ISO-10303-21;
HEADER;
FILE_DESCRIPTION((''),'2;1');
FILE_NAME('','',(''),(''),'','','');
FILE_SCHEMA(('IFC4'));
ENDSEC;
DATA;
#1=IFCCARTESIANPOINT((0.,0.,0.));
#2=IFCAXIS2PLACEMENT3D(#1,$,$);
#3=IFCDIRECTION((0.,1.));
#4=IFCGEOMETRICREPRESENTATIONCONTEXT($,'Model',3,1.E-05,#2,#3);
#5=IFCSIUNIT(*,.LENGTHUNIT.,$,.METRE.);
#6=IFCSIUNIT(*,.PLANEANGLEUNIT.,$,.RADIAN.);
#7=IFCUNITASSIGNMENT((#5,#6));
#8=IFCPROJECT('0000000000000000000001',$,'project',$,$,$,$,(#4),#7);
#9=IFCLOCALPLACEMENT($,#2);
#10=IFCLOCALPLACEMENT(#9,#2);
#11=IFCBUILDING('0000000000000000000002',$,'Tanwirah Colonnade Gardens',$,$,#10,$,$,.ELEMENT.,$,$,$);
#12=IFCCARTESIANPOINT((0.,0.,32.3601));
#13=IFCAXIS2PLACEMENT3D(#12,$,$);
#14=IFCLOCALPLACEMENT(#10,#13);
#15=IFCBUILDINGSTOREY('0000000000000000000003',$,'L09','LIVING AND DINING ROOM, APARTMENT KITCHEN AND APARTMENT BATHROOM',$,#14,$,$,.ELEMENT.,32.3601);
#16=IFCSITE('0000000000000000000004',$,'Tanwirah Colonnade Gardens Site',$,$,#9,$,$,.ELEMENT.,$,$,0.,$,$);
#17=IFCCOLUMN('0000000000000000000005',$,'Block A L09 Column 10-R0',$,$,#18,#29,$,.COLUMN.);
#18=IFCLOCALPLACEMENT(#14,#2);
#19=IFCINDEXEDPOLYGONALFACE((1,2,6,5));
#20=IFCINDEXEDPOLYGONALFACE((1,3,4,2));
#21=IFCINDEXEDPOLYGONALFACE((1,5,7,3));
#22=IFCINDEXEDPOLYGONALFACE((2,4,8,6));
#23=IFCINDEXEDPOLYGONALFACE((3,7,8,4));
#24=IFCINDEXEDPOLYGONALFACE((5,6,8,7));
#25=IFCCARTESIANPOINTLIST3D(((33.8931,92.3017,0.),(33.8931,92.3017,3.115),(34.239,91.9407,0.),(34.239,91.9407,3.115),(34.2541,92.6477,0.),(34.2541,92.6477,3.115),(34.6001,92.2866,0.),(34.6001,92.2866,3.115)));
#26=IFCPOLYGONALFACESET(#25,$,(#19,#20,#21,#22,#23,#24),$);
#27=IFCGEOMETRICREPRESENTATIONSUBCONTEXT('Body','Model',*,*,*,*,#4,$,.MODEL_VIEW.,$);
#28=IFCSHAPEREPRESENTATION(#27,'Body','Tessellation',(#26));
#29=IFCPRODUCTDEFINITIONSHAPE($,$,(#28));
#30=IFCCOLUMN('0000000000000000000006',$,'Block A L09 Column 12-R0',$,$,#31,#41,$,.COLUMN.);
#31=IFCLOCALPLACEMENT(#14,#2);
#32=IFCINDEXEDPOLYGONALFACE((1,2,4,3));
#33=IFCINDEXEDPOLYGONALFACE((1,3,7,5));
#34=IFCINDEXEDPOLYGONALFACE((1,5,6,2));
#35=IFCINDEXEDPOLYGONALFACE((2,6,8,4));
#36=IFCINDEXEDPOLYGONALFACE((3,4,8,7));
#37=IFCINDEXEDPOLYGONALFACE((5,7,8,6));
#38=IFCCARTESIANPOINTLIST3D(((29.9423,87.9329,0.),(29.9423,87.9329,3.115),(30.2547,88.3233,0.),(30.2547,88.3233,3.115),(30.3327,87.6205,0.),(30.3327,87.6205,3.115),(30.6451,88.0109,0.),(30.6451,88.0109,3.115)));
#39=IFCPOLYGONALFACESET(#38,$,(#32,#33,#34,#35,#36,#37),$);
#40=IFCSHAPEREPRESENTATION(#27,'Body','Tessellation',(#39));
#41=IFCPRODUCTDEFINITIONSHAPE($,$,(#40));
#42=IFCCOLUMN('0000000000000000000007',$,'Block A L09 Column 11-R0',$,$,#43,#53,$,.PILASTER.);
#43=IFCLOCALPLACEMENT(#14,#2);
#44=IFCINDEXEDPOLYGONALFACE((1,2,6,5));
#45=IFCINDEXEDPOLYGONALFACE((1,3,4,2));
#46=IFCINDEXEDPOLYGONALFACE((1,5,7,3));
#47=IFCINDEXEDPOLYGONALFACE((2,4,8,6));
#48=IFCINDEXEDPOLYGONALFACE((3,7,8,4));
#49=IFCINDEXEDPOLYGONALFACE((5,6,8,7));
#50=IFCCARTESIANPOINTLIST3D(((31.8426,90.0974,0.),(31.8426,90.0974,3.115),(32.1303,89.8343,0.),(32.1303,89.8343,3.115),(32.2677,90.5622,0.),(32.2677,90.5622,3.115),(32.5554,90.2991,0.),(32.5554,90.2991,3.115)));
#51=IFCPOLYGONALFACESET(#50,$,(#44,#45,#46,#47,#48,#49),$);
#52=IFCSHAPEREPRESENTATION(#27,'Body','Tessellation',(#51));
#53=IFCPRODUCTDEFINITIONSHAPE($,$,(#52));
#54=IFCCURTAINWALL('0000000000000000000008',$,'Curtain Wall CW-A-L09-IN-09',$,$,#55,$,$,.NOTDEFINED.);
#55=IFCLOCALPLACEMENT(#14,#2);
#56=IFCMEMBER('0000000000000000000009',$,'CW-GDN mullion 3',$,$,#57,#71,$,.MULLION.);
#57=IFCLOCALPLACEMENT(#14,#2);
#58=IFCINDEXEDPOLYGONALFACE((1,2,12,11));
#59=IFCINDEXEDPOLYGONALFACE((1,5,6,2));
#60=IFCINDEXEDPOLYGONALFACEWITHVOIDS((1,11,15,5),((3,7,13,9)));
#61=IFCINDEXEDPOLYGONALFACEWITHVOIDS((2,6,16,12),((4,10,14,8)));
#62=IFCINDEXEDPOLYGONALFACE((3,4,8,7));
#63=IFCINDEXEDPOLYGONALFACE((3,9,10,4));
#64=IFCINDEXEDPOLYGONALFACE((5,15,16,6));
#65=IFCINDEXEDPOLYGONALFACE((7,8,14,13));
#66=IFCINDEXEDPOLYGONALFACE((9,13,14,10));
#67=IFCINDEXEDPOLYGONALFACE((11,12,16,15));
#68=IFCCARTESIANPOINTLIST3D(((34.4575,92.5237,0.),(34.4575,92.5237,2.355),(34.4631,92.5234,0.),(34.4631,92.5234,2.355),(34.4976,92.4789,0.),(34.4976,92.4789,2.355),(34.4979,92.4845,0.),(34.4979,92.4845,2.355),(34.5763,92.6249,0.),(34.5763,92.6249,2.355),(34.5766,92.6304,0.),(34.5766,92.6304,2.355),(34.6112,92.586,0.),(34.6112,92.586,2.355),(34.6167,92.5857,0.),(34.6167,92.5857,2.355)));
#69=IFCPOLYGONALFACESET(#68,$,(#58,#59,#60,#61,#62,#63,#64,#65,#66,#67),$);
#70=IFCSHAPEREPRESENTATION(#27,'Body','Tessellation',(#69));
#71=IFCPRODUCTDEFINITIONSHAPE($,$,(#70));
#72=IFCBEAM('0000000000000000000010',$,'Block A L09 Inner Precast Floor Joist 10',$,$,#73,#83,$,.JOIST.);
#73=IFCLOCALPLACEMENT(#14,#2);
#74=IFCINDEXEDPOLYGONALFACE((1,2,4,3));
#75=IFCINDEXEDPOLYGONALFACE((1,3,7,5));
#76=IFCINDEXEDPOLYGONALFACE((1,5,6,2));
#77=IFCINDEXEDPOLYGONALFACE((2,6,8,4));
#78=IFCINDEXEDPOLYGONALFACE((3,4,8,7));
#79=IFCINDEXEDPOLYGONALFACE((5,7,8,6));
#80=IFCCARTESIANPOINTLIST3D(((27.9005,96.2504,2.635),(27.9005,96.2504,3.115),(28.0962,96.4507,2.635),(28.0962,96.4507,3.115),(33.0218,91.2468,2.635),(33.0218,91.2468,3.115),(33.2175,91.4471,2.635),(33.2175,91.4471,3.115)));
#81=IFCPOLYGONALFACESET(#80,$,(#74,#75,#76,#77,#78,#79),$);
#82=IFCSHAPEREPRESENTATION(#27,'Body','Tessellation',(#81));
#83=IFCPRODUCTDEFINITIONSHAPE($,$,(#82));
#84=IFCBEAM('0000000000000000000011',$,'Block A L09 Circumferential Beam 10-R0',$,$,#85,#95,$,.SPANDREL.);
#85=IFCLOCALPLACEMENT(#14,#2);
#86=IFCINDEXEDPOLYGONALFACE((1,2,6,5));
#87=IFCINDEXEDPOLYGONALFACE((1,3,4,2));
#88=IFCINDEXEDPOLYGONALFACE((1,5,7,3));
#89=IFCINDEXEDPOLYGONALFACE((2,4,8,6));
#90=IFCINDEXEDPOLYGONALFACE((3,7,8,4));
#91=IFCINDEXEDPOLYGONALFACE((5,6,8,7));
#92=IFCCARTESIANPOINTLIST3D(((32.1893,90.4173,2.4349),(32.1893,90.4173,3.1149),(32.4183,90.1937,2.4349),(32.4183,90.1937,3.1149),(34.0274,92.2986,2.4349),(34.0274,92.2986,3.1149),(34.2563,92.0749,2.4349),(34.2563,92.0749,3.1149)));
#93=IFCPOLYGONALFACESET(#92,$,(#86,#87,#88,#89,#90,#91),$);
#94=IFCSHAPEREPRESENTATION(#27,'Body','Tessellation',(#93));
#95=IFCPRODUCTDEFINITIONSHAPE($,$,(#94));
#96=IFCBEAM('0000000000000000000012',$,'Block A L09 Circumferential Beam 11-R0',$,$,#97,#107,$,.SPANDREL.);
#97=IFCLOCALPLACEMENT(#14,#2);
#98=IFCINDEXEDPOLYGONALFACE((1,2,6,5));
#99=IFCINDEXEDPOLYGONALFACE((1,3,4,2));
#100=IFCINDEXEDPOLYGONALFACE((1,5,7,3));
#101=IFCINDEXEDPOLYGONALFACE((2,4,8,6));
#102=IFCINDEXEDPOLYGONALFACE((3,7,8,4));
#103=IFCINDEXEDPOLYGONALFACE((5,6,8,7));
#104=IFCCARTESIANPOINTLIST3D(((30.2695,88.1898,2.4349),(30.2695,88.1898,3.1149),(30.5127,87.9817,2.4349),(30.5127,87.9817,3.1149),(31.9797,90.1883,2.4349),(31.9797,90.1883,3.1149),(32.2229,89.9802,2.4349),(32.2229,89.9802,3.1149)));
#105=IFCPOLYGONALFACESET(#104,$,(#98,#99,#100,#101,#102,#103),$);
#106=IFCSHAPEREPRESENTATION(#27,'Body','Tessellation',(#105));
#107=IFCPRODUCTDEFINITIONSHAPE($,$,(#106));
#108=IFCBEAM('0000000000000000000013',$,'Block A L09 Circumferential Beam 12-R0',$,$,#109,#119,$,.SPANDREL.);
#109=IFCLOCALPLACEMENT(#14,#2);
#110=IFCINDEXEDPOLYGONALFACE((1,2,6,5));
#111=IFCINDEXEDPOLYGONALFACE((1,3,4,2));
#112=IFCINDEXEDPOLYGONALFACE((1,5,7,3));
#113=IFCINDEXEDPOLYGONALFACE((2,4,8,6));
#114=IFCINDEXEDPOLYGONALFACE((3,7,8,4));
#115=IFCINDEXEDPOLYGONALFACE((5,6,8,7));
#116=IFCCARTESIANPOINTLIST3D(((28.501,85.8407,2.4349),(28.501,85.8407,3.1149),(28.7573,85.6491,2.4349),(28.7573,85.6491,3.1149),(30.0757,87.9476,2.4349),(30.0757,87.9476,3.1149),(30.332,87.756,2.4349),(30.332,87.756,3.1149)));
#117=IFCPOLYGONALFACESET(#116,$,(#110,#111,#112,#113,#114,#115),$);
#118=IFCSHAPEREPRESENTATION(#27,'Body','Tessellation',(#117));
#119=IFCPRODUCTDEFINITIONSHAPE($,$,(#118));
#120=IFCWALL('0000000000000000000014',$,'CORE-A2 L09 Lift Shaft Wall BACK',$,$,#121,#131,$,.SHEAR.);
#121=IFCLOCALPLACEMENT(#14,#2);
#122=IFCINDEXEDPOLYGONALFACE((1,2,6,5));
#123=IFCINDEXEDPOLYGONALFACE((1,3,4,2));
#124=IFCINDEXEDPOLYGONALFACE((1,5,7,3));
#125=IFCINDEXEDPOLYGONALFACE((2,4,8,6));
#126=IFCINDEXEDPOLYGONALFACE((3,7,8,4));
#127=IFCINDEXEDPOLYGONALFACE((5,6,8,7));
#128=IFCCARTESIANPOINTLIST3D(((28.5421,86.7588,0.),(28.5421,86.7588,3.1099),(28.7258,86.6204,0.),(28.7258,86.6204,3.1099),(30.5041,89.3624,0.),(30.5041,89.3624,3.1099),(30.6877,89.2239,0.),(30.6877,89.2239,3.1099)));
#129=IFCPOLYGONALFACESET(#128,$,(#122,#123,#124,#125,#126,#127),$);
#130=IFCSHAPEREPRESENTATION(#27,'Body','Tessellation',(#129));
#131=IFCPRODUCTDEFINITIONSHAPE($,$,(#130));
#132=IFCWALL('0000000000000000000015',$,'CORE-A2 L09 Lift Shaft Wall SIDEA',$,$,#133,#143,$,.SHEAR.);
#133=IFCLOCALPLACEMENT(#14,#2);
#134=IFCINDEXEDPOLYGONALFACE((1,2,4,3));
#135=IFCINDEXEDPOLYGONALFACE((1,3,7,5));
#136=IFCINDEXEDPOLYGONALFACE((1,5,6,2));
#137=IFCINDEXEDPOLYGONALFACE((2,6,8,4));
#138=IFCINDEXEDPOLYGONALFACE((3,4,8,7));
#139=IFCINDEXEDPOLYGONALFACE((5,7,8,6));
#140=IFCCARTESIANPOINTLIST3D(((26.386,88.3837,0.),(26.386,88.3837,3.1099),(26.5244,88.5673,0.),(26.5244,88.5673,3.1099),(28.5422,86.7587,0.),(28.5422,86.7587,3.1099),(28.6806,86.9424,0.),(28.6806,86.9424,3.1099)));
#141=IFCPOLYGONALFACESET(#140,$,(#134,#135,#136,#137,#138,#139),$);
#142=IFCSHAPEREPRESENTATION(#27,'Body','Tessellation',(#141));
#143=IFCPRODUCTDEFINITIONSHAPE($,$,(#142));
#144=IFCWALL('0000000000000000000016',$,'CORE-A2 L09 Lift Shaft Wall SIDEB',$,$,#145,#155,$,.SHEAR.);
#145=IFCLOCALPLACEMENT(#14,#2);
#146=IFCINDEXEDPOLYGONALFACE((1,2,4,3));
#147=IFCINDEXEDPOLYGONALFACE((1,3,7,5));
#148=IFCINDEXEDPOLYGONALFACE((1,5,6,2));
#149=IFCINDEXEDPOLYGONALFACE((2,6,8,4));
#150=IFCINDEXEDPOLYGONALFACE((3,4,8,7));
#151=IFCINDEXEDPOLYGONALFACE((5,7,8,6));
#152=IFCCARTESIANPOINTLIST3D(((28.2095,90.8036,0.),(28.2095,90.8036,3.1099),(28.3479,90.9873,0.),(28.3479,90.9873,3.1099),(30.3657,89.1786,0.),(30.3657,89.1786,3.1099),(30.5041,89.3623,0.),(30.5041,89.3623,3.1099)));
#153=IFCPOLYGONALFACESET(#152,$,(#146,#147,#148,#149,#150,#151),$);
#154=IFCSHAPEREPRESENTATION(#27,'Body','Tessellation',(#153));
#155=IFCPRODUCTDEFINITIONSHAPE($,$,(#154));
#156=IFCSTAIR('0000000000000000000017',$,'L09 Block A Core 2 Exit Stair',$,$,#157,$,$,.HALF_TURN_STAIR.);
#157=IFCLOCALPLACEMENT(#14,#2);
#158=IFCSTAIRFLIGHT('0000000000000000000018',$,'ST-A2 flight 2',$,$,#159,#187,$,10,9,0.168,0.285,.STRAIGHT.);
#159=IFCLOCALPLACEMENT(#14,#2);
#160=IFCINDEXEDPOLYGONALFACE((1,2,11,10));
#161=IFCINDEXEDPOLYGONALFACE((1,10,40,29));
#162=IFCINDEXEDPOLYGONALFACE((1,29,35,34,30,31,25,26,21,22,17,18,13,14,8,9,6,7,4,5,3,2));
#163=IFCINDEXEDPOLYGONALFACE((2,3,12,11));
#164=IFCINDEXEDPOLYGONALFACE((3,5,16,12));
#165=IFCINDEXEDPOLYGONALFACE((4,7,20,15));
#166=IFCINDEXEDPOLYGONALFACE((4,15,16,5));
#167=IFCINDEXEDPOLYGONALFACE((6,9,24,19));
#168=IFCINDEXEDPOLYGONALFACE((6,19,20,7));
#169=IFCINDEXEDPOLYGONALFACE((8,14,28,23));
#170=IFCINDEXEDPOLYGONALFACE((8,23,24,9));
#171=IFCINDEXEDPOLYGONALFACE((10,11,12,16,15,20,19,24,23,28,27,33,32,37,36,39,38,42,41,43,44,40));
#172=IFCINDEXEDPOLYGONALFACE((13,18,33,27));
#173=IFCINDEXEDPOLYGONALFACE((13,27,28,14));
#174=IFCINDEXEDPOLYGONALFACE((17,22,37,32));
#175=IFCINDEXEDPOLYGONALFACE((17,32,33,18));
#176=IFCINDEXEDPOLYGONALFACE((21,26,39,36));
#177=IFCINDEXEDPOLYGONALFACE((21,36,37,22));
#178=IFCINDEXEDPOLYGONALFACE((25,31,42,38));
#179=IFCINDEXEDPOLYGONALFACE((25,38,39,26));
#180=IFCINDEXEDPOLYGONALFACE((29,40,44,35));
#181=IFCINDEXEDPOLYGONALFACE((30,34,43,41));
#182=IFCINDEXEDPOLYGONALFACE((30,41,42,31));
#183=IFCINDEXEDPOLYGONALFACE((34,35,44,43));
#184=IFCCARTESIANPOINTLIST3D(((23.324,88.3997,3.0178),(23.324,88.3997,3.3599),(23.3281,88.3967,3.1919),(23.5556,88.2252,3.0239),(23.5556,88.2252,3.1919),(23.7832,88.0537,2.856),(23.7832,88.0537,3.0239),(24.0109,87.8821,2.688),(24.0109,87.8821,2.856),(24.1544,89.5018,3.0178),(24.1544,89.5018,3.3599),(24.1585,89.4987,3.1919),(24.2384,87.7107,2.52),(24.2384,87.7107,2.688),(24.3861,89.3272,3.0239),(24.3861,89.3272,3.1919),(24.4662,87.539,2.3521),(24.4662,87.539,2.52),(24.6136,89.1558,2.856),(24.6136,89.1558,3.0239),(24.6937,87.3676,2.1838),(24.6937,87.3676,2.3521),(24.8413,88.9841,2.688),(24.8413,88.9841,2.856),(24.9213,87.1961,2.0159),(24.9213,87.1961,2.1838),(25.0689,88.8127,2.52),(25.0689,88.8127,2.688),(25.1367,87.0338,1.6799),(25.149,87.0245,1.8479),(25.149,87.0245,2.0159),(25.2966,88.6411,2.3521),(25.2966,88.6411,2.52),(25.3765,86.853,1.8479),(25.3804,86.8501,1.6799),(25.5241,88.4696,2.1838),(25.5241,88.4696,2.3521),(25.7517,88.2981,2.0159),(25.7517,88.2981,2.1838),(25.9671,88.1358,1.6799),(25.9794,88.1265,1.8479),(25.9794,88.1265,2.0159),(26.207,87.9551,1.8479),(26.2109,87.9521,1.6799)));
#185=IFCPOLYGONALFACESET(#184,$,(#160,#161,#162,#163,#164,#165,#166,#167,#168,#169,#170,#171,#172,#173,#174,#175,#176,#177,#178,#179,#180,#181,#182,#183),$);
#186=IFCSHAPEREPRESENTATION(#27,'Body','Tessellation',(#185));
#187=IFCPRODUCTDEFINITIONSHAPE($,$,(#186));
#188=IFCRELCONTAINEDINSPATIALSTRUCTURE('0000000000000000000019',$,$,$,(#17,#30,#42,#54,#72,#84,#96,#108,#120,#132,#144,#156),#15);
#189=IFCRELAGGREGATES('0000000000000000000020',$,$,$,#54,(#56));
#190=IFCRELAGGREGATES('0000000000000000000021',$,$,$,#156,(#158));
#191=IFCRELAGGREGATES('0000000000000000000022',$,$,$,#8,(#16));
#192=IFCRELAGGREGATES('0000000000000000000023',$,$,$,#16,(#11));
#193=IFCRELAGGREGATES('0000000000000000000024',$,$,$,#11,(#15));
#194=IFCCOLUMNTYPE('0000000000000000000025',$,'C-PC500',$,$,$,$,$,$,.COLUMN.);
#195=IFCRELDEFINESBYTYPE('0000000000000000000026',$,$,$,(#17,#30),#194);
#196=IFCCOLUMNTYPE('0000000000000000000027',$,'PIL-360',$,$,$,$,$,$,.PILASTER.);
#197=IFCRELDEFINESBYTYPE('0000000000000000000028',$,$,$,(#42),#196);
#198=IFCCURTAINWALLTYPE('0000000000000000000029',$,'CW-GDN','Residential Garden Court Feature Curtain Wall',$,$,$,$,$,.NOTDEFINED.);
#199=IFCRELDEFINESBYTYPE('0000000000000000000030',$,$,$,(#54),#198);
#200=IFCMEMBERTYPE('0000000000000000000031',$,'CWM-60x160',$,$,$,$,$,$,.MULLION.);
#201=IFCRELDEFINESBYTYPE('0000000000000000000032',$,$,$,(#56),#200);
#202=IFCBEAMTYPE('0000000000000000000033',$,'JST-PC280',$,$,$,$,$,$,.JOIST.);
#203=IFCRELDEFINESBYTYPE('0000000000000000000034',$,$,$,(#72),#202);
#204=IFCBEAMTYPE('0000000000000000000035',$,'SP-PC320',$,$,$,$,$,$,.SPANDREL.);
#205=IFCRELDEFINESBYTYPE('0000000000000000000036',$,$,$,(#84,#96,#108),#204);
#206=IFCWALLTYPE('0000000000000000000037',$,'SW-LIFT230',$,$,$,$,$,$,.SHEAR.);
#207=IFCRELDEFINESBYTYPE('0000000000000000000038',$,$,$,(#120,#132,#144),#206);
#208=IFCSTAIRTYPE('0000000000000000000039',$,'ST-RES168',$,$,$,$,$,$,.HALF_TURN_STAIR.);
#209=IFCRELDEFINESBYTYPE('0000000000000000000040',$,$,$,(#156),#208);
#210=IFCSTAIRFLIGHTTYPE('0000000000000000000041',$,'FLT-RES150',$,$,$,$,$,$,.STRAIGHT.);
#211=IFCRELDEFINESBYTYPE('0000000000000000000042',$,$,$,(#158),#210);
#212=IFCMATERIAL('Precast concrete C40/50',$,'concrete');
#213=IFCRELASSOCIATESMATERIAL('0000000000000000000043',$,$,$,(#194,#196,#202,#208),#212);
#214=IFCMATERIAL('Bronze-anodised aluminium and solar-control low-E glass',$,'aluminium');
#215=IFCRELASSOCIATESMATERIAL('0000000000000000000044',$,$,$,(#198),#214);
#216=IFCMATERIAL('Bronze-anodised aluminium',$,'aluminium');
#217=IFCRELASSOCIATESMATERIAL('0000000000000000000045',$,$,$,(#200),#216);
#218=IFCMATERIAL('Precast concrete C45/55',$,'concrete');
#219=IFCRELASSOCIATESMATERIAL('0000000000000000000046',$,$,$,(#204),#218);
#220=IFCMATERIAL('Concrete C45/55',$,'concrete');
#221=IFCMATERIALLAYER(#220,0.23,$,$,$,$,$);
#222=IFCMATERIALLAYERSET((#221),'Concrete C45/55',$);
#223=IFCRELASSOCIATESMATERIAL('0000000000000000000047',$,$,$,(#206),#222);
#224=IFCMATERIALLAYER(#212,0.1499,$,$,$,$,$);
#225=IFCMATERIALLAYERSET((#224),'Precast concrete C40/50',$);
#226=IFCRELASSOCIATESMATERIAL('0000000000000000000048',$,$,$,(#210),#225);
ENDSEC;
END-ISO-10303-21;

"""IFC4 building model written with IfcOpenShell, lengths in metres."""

from ifc_helpers import new_model, si_unit, direction, frame, frame_2d, origin, origin_2d, place, context, subcontext, project, spatial, polyline, rectangle, hollow_rectangle, outline, extrude, material, layer, layer_set, material_profile, profile_set, type_object, element, aggregate, save


model = new_model("IFC4")

# Units and contexts
model_context = context("Model", 3, precision=1e-05, world=origin(), true_north=direction((0.0, 1.0)))
body_context = subcontext(model_context, "Body", "Model", "MODEL_VIEW")
ifc_project = project(units=[si_unit("LENGTHUNIT", "METRE"), si_unit("PLANEANGLEUNIT", "RADIAN")], contexts=[model_context])

# Site, building, storey
site_placement = place(None, origin())
site = spatial("IfcSite", under=ifc_project, at=site_placement, Name="Tanwirah Colonnade Gardens Site", CompositionType="ELEMENT", RefElevation=0.0)
building_placement = place(site_placement, origin())
building = spatial("IfcBuilding", under=site, at=building_placement, Name="Tanwirah Colonnade Gardens", CompositionType="ELEMENT")
storey_placement = place(building_placement, frame((0.0, 0.0, 32.3601)))
storey = spatial("IfcBuildingStorey", under=building, at=storey_placement, Name="L09", Description="LIVING AND DINING ROOM, APARTMENT KITCHEN AND APARTMENT BATHROOM", CompositionType="ELEMENT", Elevation=32.3601)

# Columns
ifc_material_1 = material(Name="Precast concrete C40/50", Category="concrete")
ifc_material_profile_1 = material_profile(ifc_material_1, rectangle(XDim=0.5, YDim=0.5, at=origin_2d()), Name="PC-COL 500x500")
ifc_profile_set_1 = profile_set([ifc_material_profile_1], Name="Precast concrete C40/50")
column_type_1 = type_object("IfcColumnType", Name="C-PC500", PredefinedType="COLUMN", material=ifc_profile_set_1)
for number, where, z_axis, x_axis, name in (
    (1, (34.2466, 92.2942, 0.0), (0.0, 0.0, 1.0), (-0.691863, 0.722029, 0.0), "Block A L09 Column 10-R0"),
    (2, (30.2937, 87.9719, 0.0), (0.0, 0.0, 1.0), (-0.780794, 0.624788, 0.0), "Block A L09 Column 12-R0"),
):
    element("IfcColumn", number, at=place(storey_placement, frame(where, z_axis=z_axis, x_axis=x_axis)), inside=storey, type_object=column_type_1, Name=name, PredefinedType="COLUMN", context=body_context, shape_type="SweptSolid", body=[
        extrude(rectangle(XDim=0.5, YDim=0.5, at=origin_2d()), origin(), (0.0, 0.0, 1.0), 3.115),
    ])
ifc_material_profile_2 = material_profile(ifc_material_1, rectangle(XDim=0.3899, YDim=0.6299, at=origin_2d()), Name="PC-PIL 390x630")
ifc_profile_set_2 = profile_set([ifc_material_profile_2], Name="Precast concrete C40/50")
column_type_2 = type_object("IfcColumnType", Name="PIL-360", PredefinedType="PILASTER", material=ifc_profile_set_2)
column_placement = place(storey_placement, frame((32.199, 90.1982, 0.0), z_axis=(0.0, 0.0, 1.0), x_axis=(-0.737932, 0.674875, 0.0)))
element("IfcColumn", 3, at=column_placement, inside=storey, type_object=column_type_2, Name="Block A L09 Column 11-R0", PredefinedType="PILASTER", context=body_context, shape_type="SweptSolid", body=[
    extrude(rectangle(XDim=0.3899, YDim=0.6299, at=origin_2d()), origin(), (0.0, 0.0, 1.0), 3.115),
])

# Curtain wall, member
ifc_material_2 = material(Name="Bronze-anodised aluminium and solar-control low-E glass", Category="aluminium")
curtain_wall_type = type_object("IfcCurtainWallType", Name="CW-GDN", Description="Residential Garden Court Feature Curtain Wall", PredefinedType="NOTDEFINED", material=ifc_material_2)
curtain_wall_placement = place(storey_placement, origin())
curtain_wall = element("IfcCurtainWall", 4, at=curtain_wall_placement, inside=storey, type_object=curtain_wall_type, Name="Curtain Wall CW-A-L09-IN-09", PredefinedType="NOTDEFINED")
ifc_material_3 = material(Name="Bronze-anodised aluminium", Category="aluminium")
ifc_material_profile_3 = material_profile(ifc_material_3, hollow_rectangle(XDim=0.0601, YDim=0.1599, WallThickness=0.0039, at=origin_2d()), Name="CW-MUL 60x160x4")
ifc_profile_set_3 = profile_set([ifc_material_profile_3], Name="Bronze-anodised aluminium")
member_type = type_object("IfcMemberType", Name="CWM-60x160", PredefinedType="MULLION", material=ifc_profile_set_3)
member_placement = place(storey_placement, frame((34.5371, 92.5547, 0.0), z_axis=(0.0, 0.0, 1.0), x_axis=(0.667689, -0.74444, 0.0)))
member = element("IfcMember", 5, at=member_placement, type_object=member_type, Name="CW-GDN mullion 3", PredefinedType="MULLION", context=body_context, shape_type="SweptSolid", body=[
    extrude(hollow_rectangle(XDim=0.0601, YDim=0.1599, WallThickness=0.0039, at=origin_2d()), origin(), (0.0, 0.0, 1.0), 2.355),
])
aggregate(curtain_wall, [member])

# Beams
ifc_material_profile_4 = material_profile(ifc_material_1, rectangle(XDim=0.28, YDim=0.48, at=origin_2d()), Name="PC-JST 280x480")
ifc_profile_set_4 = profile_set([ifc_material_profile_4], Name="Precast concrete C40/50")
beam_type_1 = type_object("IfcBeamType", Name="JST-PC280", PredefinedType="JOIST", material=ifc_profile_set_4)
beam_1_placement = place(storey_placement, frame((33.1196, 91.3469, 2.875), z_axis=(-0.715277, 0.698841, 0.0), x_axis=(-0.698841, -0.715277, 0.0)))
element("IfcBeam", 6, at=beam_1_placement, inside=storey, type_object=beam_type_1, Name="Block A L09 Inner Precast Floor Joist 10", PredefinedType="JOIST", context=body_context, shape_type="SweptSolid", body=[
    extrude(rectangle(XDim=0.28, YDim=0.48, at=origin_2d()), origin(), (0.0, 0.0, 1.0), 7.1599),
])
ifc_material_4 = material(Name="Precast concrete C45/55", Category="concrete")
ifc_material_profile_5 = material_profile(ifc_material_4, rectangle(XDim=0.3201, YDim=0.6799, at=origin_2d()), Name="PC-SP 320x680")
ifc_profile_set_5 = profile_set([ifc_material_profile_5], Name="Precast concrete C45/55")
beam_type_2 = type_object("IfcBeamType", Name="SP-PC320", PredefinedType="SPANDREL", material=ifc_profile_set_5)
beam_2_placement = place(storey_placement, frame((34.1418, 92.1868, 2.7749), z_axis=(-0.698844, -0.715274, 0.0), x_axis=(0.715274, -0.698844, 0.0)))
element("IfcBeam", 7, at=beam_2_placement, inside=storey, type_object=beam_type_2, Name="Block A L09 Circumferential Beam 10-R0", PredefinedType="SPANDREL", context=body_context, shape_type="SweptSolid", body=[
    extrude(rectangle(XDim=0.3201, YDim=0.6799, at=origin_2d()), origin(), (0.0, 0.0, 1.0), 2.6301),
])
for number, where, z_axis, x_axis, name in (
    (8, (32.1013, 90.0842, 2.7749), (-0.650172, -0.759787, 0.0), (0.759787, -0.650172, 0.0), "Block A L09 Circumferential Beam 11-R0"),
    (9, (30.2039, 87.8518, 2.7749), (-0.598663, -0.801001, 0.0), (0.801001, -0.598663, 0.0), "Block A L09 Circumferential Beam 12-R0"),
):
    element("IfcBeam", number, at=place(storey_placement, frame(where, z_axis=z_axis, x_axis=x_axis)), inside=storey, type_object=beam_type_2, Name=name, PredefinedType="SPANDREL", context=body_context, shape_type="SweptSolid", body=[
        extrude(rectangle(XDim=0.3201, YDim=0.6799, at=origin_2d()), origin(), (0.0, 0.0, 1.0), 2.6304),
    ])

# Shared definitions
ifc_material_5 = material(Name="Concrete C45/55", Category="concrete")
ifc_layer_1 = layer(ifc_material_5, 0.23)
ifc_layer_set_1 = layer_set([ifc_layer_1], Name="Concrete C45/55")
wall_type = type_object("IfcWallType", Name="SW-LIFT230", PredefinedType="SHEAR", material=ifc_layer_set_1)

# Walls
wall_1_placement = place(storey_placement, frame((28.634, 86.6897, 0.0), z_axis=(0.0, 0.0, 1.0), x_axis=(0.60182, 0.798632, 0.0)))
element("IfcWall", 10, at=wall_1_placement, inside=storey, type_object=wall_type, Name="CORE-A2 L09 Lift Shaft Wall BACK", PredefinedType="SHEAR", context=body_context, shape_type="SweptSolid", body=[
    extrude(rectangle(XDim=3.26, YDim=0.23, at=frame_2d((1.6299, 0.0))), origin(), (0.0, 0.0, 1.0), 3.1099),
])
for number, where, z_axis, x_axis, name in (
    (11, (26.4551, 88.4756, 0.0), (0.0, 0.0, 1.0), (0.798609, -0.60185, 0.0), "CORE-A2 L09 Lift Shaft Wall SIDEA"),
    (12, (28.2786, 90.8955, 0.0), (0.0, 0.0, 1.0), (0.798609, -0.60185, 0.0), "CORE-A2 L09 Lift Shaft Wall SIDEB"),
):
    element("IfcWall", number, at=place(storey_placement, frame(where, z_axis=z_axis, x_axis=x_axis)), inside=storey, type_object=wall_type, Name=name, PredefinedType="SHEAR", context=body_context, shape_type="SweptSolid", body=[
        extrude(rectangle(XDim=2.7, YDim=0.23, at=frame_2d((1.3501, 0.0))), origin(), (0.0, 0.0, 1.0), 3.1099),
    ])

# Stair, stair flight
stair_type = type_object("IfcStairType", Name="ST-RES168", PredefinedType="HALF_TURN_STAIR", material=ifc_material_1)
stair_placement = place(storey_placement, origin())
stair = element("IfcStair", 13, at=stair_placement, inside=storey, type_object=stair_type, Name="L09 Block A Core 2 Exit Stair", PredefinedType="HALF_TURN_STAIR")
ifc_layer_2 = layer(ifc_material_1, 0.1499)
ifc_layer_set_2 = layer_set([ifc_layer_2], Name="Precast concrete C40/50")
stair_flight_type = type_object("IfcStairFlightType", Name="FLT-RES150", PredefinedType="STRAIGHT", material=ifc_layer_set_2)
stair_flight_placement = place(storey_placement, frame((25.7917, 87.4041, 1.6799), z_axis=(0.0, 0.0, 1.0), x_axis=(-0.798636, 0.601815, 0.0)))
stair_flight = element("IfcStairFlight", 14, at=stair_flight_placement, type_object=stair_flight_type, Name="ST-A2 flight 2", NumberOfRisers=10, NumberOfTreads=9, PredefinedType="STRAIGHT", RiserHeight=0.168, TreadLength=0.285, context=body_context, shape_type="SweptSolid", body=[
    extrude(outline(polyline([(-0.0049, 0.0), (0.0, 0.168), (0.2849, 0.168), (0.2849, 0.3359), (0.5701, 0.3359), (0.5701, 0.5039), (0.855, 0.5039), (0.855, 0.6721), (1.1399, 0.6721), (1.1399, 0.8401), (1.425, 0.8401), (1.425, 1.0081), (1.71, 1.0081), (1.71, 1.176), (1.9951, 1.176), (1.9951, 1.344), (2.28, 1.344), (2.28, 1.512), (2.5649, 1.512), (2.5701, 1.6799), (2.5701, 1.3379), (0.3003, 0.0), (-0.0049, 0.0)])), frame((0.0, 0.6899, 0.0), z_axis=(0.0, -1.0, 0.0), x_axis=(1.0, 0.0, 0.0)), (0.0, 0.0, 1.0), 1.3799),
])
aggregate(stair, [stair_flight])

save(model, "model.ifc")
